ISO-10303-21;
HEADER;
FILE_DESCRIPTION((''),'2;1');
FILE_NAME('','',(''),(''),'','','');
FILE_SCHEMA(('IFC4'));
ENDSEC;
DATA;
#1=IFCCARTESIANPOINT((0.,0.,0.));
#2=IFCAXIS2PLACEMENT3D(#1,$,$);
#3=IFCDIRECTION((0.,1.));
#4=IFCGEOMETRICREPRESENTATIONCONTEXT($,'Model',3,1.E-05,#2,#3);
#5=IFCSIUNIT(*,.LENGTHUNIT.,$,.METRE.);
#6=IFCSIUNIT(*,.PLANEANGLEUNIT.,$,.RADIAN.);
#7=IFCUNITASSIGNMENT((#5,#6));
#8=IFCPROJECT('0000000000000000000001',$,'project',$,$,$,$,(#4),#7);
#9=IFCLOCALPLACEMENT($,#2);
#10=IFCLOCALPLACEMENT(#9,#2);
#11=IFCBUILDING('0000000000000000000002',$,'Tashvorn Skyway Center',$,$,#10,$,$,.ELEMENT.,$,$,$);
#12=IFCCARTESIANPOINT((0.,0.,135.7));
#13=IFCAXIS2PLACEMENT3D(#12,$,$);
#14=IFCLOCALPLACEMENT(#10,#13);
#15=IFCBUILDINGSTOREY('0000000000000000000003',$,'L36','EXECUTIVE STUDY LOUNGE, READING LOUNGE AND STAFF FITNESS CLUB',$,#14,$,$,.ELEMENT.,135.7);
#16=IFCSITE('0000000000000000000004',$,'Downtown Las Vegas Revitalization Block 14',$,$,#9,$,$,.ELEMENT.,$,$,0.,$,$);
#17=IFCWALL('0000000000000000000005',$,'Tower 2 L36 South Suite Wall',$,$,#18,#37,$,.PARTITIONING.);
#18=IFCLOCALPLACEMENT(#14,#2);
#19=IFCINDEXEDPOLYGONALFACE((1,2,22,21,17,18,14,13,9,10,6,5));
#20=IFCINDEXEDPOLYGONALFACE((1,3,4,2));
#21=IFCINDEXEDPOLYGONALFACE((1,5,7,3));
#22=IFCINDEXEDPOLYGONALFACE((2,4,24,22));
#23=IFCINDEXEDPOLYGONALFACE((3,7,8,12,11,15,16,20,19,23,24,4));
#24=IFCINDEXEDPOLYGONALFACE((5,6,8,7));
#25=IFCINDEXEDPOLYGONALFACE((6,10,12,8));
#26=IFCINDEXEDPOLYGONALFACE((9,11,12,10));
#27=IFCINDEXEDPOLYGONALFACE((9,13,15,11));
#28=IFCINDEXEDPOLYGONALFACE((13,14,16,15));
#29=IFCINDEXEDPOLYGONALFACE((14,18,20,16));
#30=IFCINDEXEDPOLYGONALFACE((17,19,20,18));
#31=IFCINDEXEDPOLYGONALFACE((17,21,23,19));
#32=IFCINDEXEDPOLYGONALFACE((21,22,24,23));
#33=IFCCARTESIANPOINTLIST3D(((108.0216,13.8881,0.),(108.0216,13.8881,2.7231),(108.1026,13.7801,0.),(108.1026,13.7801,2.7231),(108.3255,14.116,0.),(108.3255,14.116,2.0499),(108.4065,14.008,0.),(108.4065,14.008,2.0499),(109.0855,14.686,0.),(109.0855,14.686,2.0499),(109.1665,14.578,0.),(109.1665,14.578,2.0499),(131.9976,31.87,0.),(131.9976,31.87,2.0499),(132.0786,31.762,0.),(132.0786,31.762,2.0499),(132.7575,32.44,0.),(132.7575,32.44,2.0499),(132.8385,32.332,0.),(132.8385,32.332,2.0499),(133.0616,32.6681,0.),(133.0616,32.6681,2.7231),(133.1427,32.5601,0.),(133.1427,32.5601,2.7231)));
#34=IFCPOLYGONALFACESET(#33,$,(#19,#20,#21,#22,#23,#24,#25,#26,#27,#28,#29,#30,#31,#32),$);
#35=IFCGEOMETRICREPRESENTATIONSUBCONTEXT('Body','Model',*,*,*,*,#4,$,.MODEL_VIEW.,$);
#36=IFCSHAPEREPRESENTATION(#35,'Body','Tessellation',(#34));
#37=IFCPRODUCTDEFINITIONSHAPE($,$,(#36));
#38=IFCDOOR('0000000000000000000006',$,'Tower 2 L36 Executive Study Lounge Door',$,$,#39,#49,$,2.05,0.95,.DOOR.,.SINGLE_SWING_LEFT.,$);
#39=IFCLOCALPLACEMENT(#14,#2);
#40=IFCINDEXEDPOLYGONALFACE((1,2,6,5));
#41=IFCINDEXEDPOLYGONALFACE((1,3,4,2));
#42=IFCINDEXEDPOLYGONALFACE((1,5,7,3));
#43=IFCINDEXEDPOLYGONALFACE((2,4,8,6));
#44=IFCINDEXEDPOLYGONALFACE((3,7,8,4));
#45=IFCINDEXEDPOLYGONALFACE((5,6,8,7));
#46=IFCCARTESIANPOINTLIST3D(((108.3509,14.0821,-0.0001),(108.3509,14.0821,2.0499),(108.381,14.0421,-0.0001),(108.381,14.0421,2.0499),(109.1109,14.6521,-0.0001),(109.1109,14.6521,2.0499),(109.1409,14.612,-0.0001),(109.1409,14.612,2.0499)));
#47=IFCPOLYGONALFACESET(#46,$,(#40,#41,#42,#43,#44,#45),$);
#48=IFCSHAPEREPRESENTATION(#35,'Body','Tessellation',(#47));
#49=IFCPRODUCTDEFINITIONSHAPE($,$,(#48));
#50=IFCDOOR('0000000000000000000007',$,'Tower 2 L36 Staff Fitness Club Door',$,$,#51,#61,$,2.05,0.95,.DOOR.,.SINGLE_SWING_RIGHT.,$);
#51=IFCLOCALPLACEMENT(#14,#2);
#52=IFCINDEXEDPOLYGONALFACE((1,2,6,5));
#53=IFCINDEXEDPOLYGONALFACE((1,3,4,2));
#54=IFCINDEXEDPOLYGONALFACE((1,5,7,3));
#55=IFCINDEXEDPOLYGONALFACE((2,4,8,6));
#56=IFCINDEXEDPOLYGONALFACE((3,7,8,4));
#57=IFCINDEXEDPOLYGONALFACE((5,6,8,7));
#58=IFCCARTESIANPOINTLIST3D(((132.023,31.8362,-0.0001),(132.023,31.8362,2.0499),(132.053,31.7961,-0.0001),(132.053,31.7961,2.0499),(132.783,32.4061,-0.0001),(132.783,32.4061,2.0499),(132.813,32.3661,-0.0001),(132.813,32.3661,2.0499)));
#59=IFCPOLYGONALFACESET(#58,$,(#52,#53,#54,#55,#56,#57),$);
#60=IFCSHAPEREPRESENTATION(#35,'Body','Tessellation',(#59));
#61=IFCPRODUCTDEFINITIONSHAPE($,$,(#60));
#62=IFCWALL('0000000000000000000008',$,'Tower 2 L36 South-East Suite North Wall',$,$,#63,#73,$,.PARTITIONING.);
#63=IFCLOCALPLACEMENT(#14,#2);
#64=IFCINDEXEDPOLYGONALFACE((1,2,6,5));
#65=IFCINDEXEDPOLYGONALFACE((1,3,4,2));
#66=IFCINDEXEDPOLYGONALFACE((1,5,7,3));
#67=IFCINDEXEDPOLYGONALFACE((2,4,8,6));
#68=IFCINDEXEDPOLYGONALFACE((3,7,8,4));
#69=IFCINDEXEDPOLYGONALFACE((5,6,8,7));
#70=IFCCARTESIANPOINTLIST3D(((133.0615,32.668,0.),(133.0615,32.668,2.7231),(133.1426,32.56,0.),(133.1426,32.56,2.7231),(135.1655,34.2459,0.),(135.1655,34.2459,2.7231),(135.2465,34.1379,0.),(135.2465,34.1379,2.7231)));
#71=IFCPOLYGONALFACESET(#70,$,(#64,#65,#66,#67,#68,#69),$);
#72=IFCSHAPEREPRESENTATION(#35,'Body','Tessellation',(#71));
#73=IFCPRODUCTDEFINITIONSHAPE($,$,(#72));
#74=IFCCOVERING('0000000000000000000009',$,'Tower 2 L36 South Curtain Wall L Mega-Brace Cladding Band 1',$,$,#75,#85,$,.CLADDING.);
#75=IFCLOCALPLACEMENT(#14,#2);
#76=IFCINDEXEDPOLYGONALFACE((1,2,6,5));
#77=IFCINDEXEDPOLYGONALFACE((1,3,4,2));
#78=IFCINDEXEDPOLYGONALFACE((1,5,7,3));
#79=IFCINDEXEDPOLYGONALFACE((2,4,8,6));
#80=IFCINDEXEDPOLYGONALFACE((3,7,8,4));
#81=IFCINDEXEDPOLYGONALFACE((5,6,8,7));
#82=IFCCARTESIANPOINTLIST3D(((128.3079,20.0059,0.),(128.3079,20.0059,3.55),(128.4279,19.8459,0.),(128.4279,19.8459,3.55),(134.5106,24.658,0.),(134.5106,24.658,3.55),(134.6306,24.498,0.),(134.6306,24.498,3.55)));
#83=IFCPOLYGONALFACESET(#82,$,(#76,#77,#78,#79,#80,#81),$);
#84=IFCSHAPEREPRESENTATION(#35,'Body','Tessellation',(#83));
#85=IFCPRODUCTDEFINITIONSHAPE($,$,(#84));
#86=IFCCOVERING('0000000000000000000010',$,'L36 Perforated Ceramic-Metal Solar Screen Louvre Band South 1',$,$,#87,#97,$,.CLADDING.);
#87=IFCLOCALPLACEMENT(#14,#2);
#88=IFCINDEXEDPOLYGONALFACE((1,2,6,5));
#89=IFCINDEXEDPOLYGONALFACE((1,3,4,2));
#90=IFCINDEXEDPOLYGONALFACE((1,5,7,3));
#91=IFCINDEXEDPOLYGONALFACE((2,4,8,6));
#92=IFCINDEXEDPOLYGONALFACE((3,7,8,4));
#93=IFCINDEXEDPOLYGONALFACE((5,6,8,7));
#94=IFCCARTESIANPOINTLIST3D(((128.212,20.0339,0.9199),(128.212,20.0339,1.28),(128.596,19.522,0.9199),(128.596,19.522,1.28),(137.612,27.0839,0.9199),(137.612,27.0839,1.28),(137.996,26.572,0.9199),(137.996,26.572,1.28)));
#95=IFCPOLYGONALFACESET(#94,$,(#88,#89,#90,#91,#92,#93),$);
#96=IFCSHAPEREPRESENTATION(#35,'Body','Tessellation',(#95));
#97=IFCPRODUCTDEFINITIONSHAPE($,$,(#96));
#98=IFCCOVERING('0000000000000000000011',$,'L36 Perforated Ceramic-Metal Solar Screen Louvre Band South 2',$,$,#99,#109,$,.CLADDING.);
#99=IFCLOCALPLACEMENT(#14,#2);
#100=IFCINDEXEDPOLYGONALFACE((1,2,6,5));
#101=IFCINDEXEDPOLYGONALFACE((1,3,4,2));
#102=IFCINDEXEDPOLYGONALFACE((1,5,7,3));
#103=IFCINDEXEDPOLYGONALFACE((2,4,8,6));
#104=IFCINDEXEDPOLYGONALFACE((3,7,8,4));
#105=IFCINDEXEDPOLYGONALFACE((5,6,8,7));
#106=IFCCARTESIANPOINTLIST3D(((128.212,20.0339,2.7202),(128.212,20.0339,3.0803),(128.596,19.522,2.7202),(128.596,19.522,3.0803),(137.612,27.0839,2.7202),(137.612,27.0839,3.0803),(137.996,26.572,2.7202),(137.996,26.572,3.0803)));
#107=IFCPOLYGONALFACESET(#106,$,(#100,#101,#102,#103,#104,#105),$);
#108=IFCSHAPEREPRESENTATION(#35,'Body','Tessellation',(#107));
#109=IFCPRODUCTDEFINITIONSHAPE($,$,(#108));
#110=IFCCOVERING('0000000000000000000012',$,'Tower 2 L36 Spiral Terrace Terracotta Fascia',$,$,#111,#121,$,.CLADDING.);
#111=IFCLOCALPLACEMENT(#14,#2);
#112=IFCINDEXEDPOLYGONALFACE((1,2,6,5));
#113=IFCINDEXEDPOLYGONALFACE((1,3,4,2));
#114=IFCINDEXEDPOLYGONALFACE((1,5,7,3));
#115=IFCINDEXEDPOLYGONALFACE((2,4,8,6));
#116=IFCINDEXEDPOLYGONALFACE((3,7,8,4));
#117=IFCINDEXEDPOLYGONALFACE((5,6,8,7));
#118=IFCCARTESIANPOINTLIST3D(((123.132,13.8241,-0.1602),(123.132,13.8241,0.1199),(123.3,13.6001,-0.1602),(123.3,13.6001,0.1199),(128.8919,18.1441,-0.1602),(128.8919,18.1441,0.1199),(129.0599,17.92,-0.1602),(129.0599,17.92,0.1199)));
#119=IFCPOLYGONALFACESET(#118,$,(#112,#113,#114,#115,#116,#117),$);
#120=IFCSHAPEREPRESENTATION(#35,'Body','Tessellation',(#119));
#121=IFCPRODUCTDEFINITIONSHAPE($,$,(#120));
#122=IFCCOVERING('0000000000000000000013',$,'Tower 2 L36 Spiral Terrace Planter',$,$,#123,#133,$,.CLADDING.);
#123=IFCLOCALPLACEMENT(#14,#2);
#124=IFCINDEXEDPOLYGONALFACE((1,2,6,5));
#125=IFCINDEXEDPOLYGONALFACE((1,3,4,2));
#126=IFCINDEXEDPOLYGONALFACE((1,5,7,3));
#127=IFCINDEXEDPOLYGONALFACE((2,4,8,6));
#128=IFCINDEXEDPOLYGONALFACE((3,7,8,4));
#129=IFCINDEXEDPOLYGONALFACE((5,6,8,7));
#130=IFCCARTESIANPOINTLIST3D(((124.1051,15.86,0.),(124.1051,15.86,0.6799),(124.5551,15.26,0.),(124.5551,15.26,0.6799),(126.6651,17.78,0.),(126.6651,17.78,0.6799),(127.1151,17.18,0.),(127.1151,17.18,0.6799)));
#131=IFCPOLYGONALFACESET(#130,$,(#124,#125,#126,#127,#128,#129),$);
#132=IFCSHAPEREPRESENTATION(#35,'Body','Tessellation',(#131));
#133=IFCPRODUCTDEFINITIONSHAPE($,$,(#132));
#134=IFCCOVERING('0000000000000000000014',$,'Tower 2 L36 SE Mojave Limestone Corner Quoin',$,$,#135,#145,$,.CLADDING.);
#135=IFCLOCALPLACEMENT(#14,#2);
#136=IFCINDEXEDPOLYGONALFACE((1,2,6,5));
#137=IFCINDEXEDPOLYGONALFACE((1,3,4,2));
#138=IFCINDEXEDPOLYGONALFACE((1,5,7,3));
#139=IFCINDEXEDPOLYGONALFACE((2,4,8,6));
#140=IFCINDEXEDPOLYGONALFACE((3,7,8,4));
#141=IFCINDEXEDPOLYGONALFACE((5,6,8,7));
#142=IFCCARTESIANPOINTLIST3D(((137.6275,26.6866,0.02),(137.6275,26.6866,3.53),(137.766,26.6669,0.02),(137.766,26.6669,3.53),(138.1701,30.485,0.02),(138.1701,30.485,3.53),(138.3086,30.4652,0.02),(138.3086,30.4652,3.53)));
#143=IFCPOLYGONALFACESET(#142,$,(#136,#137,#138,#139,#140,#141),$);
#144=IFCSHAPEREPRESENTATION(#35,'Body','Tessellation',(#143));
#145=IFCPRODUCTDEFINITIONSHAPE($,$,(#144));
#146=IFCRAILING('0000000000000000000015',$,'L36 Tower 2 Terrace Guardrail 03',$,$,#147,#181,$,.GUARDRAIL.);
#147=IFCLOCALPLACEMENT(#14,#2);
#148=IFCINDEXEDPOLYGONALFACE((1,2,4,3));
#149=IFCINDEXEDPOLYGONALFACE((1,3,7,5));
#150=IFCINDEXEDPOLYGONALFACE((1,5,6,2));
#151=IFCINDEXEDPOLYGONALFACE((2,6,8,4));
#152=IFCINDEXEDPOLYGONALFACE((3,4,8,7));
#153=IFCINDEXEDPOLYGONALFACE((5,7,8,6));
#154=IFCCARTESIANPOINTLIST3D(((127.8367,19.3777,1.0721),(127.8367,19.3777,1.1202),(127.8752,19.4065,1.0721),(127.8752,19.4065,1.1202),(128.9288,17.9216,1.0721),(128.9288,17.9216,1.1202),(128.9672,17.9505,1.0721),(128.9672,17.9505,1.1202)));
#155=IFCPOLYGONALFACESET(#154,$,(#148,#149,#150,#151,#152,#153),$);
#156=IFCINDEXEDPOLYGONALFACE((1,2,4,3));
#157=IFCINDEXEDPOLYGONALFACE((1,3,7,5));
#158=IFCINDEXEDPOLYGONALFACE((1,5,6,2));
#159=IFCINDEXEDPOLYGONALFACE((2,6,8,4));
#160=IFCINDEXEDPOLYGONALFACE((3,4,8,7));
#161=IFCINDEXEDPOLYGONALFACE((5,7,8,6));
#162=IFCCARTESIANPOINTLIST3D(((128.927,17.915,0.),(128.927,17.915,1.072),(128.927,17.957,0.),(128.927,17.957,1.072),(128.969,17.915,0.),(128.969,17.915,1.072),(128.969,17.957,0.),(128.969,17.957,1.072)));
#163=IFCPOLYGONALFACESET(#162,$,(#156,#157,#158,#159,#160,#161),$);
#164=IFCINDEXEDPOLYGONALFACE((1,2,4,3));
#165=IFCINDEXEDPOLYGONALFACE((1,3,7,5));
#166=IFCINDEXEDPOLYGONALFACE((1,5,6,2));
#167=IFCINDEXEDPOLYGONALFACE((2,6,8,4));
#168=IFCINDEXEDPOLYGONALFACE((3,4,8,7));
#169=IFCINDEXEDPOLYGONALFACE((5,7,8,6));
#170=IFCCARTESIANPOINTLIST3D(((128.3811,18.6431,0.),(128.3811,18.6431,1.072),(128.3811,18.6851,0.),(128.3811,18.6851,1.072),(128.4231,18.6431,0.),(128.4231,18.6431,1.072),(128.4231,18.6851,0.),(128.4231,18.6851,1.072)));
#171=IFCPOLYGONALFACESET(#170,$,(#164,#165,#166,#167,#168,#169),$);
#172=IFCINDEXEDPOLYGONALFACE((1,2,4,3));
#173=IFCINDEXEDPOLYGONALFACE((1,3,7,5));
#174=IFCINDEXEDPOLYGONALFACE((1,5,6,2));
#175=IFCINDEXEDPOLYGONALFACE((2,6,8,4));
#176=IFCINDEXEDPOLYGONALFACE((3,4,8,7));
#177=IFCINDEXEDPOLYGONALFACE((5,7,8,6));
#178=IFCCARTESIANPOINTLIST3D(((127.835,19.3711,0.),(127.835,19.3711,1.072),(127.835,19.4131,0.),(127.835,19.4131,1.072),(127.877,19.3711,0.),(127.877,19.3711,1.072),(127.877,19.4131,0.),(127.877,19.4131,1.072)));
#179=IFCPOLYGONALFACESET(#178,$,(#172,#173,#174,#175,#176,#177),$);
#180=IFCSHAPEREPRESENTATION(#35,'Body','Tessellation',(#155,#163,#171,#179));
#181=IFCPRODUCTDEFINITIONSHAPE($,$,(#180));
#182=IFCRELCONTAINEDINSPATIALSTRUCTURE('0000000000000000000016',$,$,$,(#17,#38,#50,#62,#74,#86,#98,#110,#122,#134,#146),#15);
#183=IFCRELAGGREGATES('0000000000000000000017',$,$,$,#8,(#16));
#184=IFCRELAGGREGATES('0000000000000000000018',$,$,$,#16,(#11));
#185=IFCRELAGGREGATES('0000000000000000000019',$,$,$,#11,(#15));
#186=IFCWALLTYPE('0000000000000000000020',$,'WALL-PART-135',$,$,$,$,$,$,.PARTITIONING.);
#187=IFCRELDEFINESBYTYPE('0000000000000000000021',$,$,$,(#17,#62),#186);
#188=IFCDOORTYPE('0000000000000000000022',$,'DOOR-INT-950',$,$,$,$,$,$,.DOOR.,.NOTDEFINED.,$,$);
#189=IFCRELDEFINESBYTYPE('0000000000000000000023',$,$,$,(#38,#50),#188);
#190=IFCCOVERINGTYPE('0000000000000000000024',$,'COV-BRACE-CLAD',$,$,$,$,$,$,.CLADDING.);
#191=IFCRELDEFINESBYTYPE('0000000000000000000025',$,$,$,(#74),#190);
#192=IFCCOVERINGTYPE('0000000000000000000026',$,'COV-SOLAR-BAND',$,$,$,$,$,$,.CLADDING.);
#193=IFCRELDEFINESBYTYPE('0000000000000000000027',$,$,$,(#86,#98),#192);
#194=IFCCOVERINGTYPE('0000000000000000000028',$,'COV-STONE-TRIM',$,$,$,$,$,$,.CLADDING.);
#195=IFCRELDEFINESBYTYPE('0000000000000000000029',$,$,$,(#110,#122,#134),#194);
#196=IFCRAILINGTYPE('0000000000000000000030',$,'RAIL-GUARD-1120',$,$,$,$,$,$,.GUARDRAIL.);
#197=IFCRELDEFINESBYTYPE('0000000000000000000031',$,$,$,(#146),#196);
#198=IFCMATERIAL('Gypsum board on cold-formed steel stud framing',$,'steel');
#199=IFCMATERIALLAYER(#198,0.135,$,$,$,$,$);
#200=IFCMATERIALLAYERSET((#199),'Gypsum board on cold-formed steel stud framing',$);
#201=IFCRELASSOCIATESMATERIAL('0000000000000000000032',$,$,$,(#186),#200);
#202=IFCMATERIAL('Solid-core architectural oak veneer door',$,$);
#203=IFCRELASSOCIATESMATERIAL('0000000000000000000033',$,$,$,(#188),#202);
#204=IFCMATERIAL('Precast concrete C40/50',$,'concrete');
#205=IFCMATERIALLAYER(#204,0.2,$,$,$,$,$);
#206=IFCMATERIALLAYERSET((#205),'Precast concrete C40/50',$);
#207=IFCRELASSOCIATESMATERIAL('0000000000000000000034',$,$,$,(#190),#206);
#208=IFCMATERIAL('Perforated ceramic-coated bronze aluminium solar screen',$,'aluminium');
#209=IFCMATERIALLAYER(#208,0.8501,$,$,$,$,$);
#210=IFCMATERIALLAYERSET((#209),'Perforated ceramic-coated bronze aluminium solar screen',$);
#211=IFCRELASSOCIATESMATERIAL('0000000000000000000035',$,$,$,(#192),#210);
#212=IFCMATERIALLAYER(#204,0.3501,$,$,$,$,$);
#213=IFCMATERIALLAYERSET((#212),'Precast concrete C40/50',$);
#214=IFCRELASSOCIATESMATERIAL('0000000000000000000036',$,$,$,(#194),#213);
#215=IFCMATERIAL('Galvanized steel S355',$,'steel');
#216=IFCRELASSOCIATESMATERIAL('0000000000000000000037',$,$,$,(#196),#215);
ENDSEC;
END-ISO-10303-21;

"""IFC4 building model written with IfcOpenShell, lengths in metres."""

from ifc_helpers import new_model, si_unit, direction, frame, frame_2d, origin, origin_2d, place, context, subcontext, project, spatial, rectangle, extrude, material, layer, layer_set, type_object, element, fill, save


model = new_model("IFC4")

# Units and contexts
model_context = context("Model", 3, precision=1e-05, world=origin(), true_north=direction((0.0, 1.0)))
body_context = subcontext(model_context, "Body", "Model", "MODEL_VIEW")
ifc_project = project(units=[si_unit("LENGTHUNIT", "METRE"), si_unit("PLANEANGLEUNIT", "RADIAN")], contexts=[model_context])

# Site, building, storey
site_placement = place(None, origin())
site = spatial("IfcSite", under=ifc_project, at=site_placement, Name="Downtown Las Vegas Revitalization Block 14", CompositionType="ELEMENT", RefElevation=0.0)
building_placement = place(site_placement, origin())
building = spatial("IfcBuilding", under=site, at=building_placement, Name="Tashvorn Skyway Center", CompositionType="ELEMENT")
storey_placement = place(building_placement, frame((0.0, 0.0, 135.7)))
storey = spatial("IfcBuildingStorey", under=building, at=storey_placement, Name="L36", Description="EXECUTIVE STUDY LOUNGE, READING LOUNGE AND STAFF FITNESS CLUB", CompositionType="ELEMENT", Elevation=135.7)

# Shared definitions
ifc_material_1 = material(Name="Precast concrete C40/50", Category="concrete")

# Shared definitions
ifc_material_2 = material(Name="Gypsum board on cold-formed steel stud framing", Category="steel")

# Wall, openings, doors
ifc_layer_1 = layer(ifc_material_2, 0.135)
ifc_layer_set_1 = layer_set([ifc_layer_1], Name="Gypsum board on cold-formed steel stud framing")
wall_type_1 = type_object("IfcWallType", Name="WALL-PART-135", PredefinedType="PARTITIONING", material=ifc_layer_set_1)
wall_1_placement = place(storey_placement, frame((133.1021, 32.614, 0.0), z_axis=(0.0, 0.0, 1.0), x_axis=(-0.8, -0.6, 0.0)))
wall_1 = element("IfcWall", 1, at=wall_1_placement, inside=storey, type_object=wall_type_1, Name="Tower 2 L36 South Suite Wall", PredefinedType="PARTITIONING", context=body_context, shape_type="SweptSolid", body=[
    extrude(rectangle(XDim=31.3, YDim=0.135, at=frame_2d((15.6499, 0.0))), origin(), (0.0, 0.0, 1.0), 2.7231),
])
opening_1_placement = place(wall_1_placement, frame((29.97, 0.0, 0.0)))
opening_1 = element("IfcOpeningElement", 2, at=opening_1_placement, cuts=wall_1, PredefinedType="OPENING", context=body_context, shape_type="SweptSolid", body=[
    extrude(rectangle(XDim=0.95, YDim=2.05, at=frame_2d((0.4751, 1.0249))), frame((0.0, 0.0774, 0.0), z_axis=(0.0, -1.0, 0.0), x_axis=(1.0, 0.0, 0.0)), (0.0, 0.0, 1.0), 0.155),
])
opening_2_placement = place(wall_1_placement, frame((0.3799, 0.0, 0.0)))
opening_2 = element("IfcOpeningElement", 3, at=opening_2_placement, cuts=wall_1, PredefinedType="OPENING", context=body_context, shape_type="SweptSolid", body=[
    extrude(rectangle(XDim=0.95, YDim=2.05, at=frame_2d((0.4751, 1.0249))), frame((0.0, 0.0774, 0.0), z_axis=(0.0, -1.0, 0.0), x_axis=(1.0, 0.0, 0.0)), (0.0, 0.0, 1.0), 0.155),
])
ifc_material_3 = material(Name="Solid-core architectural oak veneer door")
door_type_1 = type_object("IfcDoorType", Name="DOOR-INT-950", OperationType="NOTDEFINED", PredefinedType="DOOR", material=ifc_material_3)
door_1_placement = place(opening_1_placement, origin())
door_1 = element("IfcDoor", 4, at=door_1_placement, inside=storey, type_object=door_type_1, Name="Tower 2 L36 Executive Study Lounge Door", OperationType="SINGLE_SWING_LEFT", OverallHeight=2.05, OverallWidth=0.95, PredefinedType="DOOR", context=body_context, shape_type="SweptSolid", body=[
    extrude(rectangle(XDim=0.95, YDim=2.05, at=frame_2d((0.4751, 1.0249))), frame((0.0, 0.0249, 0.0), z_axis=(0.0, -1.0, 0.0), x_axis=(1.0, 0.0, 0.0)), (0.0, 0.0, 1.0), 0.05),
])
fill(opening_1, door_1)
door_2_placement = place(opening_2_placement, origin())
door_2 = element("IfcDoor", 5, at=door_2_placement, inside=storey, type_object=door_type_1, Name="Tower 2 L36 Staff Fitness Club Door", OperationType="SINGLE_SWING_RIGHT", OverallHeight=2.05, OverallWidth=0.95, PredefinedType="DOOR", context=body_context, shape_type="SweptSolid", body=[
    extrude(rectangle(XDim=0.95, YDim=2.05, at=frame_2d((0.4751, 1.0249))), frame((0.0, 0.0249, 0.0), z_axis=(0.0, -1.0, 0.0), x_axis=(1.0, 0.0, 0.0)), (0.0, 0.0, 1.0), 0.05),
])
fill(opening_2, door_2)

# Wall
wall_2_placement = place(storey_placement, frame((133.1021, 32.614, 0.0), z_axis=(0.0, 0.0, 1.0), x_axis=(0.800022, 0.59997, 0.0)))
element("IfcWall", 6, at=wall_2_placement, inside=storey, type_object=wall_type_1, Name="Tower 2 L36 South-East Suite North Wall", PredefinedType="PARTITIONING", context=body_context, shape_type="SweptSolid", body=[
    extrude(rectangle(XDim=2.6299, YDim=0.135, at=frame_2d((1.3149, 0.0))), origin(), (0.0, 0.0, 1.0), 2.7231),
])

# Coverings
ifc_layer_2 = layer(ifc_material_1, 0.2)
ifc_layer_set_2 = layer_set([ifc_layer_2], Name="Precast concrete C40/50")
covering_type_1 = type_object("IfcCoveringType", Name="COV-BRACE-CLAD", PredefinedType="CLADDING", material=ifc_layer_set_2)
covering_1_placement = place(storey_placement, frame((131.4692, 22.252, 0.0), z_axis=(0.0, 0.0, 1.0), x_axis=(-0.8, -0.6, 0.0)))
element("IfcCovering", 7, at=covering_1_placement, inside=storey, type_object=covering_type_1, Name="Tower 2 L36 South Curtain Wall L Mega-Brace Cladding Band 1", PredefinedType="CLADDING", context=body_context, shape_type="SweptSolid", body=[
    extrude(rectangle(XDim=7.7534, YDim=0.2, at=origin_2d()), origin(), (0.0, 0.0, 1.0), 3.55),
])
ifc_material_4 = material(Name="Perforated ceramic-coated bronze aluminium solar screen", Category="aluminium")
ifc_layer_3 = layer(ifc_material_4, 0.8501)
ifc_layer_set_3 = layer_set([ifc_layer_3], Name="Perforated ceramic-coated bronze aluminium solar screen")
covering_type_2 = type_object("IfcCoveringType", Name="COV-SOLAR-BAND", PredefinedType="CLADDING", material=ifc_layer_set_3)
for number, where, z_axis, x_axis, name in (
    (8, (133.104, 23.303, 0.9199), (0.0, 0.0, 1.0), (-0.8, -0.6, 0.0), "L36 Perforated Ceramic-Metal Solar Screen Louvre Band South 1"),
    (9, (133.104, 23.303, 2.7202), (0.0, 0.0, 1.0), (-0.8, -0.6, 0.0), "L36 Perforated Ceramic-Metal Solar Screen Louvre Band South 2"),
):
    element("IfcCovering", number, at=place(storey_placement, frame(where, z_axis=z_axis, x_axis=x_axis)), inside=storey, type_object=covering_type_2, Name=name, PredefinedType="CLADDING", context=body_context, shape_type="SweptSolid", body=[
        extrude(rectangle(XDim=11.75, YDim=0.6399, at=origin_2d()), origin(), (0.0, 0.0, 1.0), 0.3601),
    ])
ifc_layer_4 = layer(ifc_material_1, 0.3501)
ifc_layer_set_4 = layer_set([ifc_layer_4], Name="Precast concrete C40/50")
covering_type_3 = type_object("IfcCoveringType", Name="COV-STONE-TRIM", PredefinedType="CLADDING", material=ifc_layer_set_4)
covering_2_placement = place(storey_placement, frame((126.0959, 15.8721, -0.1602), z_axis=(0.0, 0.0, 1.0), x_axis=(-0.8, -0.6, 0.0)))
element("IfcCovering", 10, at=covering_2_placement, inside=storey, type_object=covering_type_3, Name="Tower 2 L36 Spiral Terrace Terracotta Fascia", PredefinedType="CLADDING", context=body_context, shape_type="SweptSolid", body=[
    extrude(rectangle(XDim=7.2, YDim=0.28, at=origin_2d()), origin(), (0.0, 0.0, 1.0), 0.28),
])
covering_3_placement = place(storey_placement, frame((125.6101, 16.52, 0.0), z_axis=(0.0, 0.0, 1.0), x_axis=(-0.8, -0.6, 0.0)))
element("IfcCovering", 11, at=covering_3_placement, inside=storey, type_object=covering_type_3, Name="Tower 2 L36 Spiral Terrace Planter", PredefinedType="CLADDING", context=body_context, shape_type="SweptSolid", body=[
    extrude(rectangle(XDim=3.2, YDim=0.75, at=origin_2d()), origin(), (0.0, 0.0, 1.0), 0.6799),
])
covering_4_placement = place(storey_placement, frame((137.968, 28.5759, 0.02), z_axis=(0.0, 0.0, 1.0), x_axis=(0.141421, 0.989949, 0.0)))
element("IfcCovering", 12, at=covering_4_placement, inside=storey, type_object=covering_type_3, Name="Tower 2 L36 SE Mojave Limestone Corner Quoin", PredefinedType="CLADDING", context=body_context, shape_type="SweptSolid", body=[
    extrude(rectangle(XDim=3.8369, YDim=0.1399, at=origin_2d()), origin(), (0.0, 0.0, 1.0), 3.51),
])

# Railing
ifc_material_5 = material(Name="Galvanized steel S355", Category="steel")
railing_type = type_object("IfcRailingType", Name="RAIL-GUARD-1120", PredefinedType="GUARDRAIL", material=ifc_material_5)
railing_placement = place(storey_placement, frame((128.948, 17.936, 0.0)))
element("IfcRailing", 13, at=railing_placement, inside=storey, type_object=railing_type, Name="L36 Tower 2 Terrace Guardrail 03", PredefinedType="GUARDRAIL", context=body_context, shape_type="SweptSolid", body=[
    extrude(rectangle(XDim=0.0481, YDim=0.0481, at=origin_2d()), frame((0.0, 0.0, 1.0962), z_axis=(-0.6, 0.8, 0.0), x_axis=(-0.8, -0.6, 0.0)), (0.0, 0.0, 1.0), 1.8201),
    extrude(rectangle(XDim=0.042, YDim=0.042, at=origin_2d()), origin(), (0.0, 0.0, 1.0), 1.072),
    extrude(rectangle(XDim=0.042, YDim=0.042, at=origin_2d()), frame((-0.5459, 0.728, 0.0)), (0.0, 0.0, 1.0), 1.072),
    extrude(rectangle(XDim=0.042, YDim=0.042, at=origin_2d()), frame((-1.092, 1.4561, 0.0)), (0.0, 0.0, 1.0), 1.072),
])

save(model, "model.ifc")
